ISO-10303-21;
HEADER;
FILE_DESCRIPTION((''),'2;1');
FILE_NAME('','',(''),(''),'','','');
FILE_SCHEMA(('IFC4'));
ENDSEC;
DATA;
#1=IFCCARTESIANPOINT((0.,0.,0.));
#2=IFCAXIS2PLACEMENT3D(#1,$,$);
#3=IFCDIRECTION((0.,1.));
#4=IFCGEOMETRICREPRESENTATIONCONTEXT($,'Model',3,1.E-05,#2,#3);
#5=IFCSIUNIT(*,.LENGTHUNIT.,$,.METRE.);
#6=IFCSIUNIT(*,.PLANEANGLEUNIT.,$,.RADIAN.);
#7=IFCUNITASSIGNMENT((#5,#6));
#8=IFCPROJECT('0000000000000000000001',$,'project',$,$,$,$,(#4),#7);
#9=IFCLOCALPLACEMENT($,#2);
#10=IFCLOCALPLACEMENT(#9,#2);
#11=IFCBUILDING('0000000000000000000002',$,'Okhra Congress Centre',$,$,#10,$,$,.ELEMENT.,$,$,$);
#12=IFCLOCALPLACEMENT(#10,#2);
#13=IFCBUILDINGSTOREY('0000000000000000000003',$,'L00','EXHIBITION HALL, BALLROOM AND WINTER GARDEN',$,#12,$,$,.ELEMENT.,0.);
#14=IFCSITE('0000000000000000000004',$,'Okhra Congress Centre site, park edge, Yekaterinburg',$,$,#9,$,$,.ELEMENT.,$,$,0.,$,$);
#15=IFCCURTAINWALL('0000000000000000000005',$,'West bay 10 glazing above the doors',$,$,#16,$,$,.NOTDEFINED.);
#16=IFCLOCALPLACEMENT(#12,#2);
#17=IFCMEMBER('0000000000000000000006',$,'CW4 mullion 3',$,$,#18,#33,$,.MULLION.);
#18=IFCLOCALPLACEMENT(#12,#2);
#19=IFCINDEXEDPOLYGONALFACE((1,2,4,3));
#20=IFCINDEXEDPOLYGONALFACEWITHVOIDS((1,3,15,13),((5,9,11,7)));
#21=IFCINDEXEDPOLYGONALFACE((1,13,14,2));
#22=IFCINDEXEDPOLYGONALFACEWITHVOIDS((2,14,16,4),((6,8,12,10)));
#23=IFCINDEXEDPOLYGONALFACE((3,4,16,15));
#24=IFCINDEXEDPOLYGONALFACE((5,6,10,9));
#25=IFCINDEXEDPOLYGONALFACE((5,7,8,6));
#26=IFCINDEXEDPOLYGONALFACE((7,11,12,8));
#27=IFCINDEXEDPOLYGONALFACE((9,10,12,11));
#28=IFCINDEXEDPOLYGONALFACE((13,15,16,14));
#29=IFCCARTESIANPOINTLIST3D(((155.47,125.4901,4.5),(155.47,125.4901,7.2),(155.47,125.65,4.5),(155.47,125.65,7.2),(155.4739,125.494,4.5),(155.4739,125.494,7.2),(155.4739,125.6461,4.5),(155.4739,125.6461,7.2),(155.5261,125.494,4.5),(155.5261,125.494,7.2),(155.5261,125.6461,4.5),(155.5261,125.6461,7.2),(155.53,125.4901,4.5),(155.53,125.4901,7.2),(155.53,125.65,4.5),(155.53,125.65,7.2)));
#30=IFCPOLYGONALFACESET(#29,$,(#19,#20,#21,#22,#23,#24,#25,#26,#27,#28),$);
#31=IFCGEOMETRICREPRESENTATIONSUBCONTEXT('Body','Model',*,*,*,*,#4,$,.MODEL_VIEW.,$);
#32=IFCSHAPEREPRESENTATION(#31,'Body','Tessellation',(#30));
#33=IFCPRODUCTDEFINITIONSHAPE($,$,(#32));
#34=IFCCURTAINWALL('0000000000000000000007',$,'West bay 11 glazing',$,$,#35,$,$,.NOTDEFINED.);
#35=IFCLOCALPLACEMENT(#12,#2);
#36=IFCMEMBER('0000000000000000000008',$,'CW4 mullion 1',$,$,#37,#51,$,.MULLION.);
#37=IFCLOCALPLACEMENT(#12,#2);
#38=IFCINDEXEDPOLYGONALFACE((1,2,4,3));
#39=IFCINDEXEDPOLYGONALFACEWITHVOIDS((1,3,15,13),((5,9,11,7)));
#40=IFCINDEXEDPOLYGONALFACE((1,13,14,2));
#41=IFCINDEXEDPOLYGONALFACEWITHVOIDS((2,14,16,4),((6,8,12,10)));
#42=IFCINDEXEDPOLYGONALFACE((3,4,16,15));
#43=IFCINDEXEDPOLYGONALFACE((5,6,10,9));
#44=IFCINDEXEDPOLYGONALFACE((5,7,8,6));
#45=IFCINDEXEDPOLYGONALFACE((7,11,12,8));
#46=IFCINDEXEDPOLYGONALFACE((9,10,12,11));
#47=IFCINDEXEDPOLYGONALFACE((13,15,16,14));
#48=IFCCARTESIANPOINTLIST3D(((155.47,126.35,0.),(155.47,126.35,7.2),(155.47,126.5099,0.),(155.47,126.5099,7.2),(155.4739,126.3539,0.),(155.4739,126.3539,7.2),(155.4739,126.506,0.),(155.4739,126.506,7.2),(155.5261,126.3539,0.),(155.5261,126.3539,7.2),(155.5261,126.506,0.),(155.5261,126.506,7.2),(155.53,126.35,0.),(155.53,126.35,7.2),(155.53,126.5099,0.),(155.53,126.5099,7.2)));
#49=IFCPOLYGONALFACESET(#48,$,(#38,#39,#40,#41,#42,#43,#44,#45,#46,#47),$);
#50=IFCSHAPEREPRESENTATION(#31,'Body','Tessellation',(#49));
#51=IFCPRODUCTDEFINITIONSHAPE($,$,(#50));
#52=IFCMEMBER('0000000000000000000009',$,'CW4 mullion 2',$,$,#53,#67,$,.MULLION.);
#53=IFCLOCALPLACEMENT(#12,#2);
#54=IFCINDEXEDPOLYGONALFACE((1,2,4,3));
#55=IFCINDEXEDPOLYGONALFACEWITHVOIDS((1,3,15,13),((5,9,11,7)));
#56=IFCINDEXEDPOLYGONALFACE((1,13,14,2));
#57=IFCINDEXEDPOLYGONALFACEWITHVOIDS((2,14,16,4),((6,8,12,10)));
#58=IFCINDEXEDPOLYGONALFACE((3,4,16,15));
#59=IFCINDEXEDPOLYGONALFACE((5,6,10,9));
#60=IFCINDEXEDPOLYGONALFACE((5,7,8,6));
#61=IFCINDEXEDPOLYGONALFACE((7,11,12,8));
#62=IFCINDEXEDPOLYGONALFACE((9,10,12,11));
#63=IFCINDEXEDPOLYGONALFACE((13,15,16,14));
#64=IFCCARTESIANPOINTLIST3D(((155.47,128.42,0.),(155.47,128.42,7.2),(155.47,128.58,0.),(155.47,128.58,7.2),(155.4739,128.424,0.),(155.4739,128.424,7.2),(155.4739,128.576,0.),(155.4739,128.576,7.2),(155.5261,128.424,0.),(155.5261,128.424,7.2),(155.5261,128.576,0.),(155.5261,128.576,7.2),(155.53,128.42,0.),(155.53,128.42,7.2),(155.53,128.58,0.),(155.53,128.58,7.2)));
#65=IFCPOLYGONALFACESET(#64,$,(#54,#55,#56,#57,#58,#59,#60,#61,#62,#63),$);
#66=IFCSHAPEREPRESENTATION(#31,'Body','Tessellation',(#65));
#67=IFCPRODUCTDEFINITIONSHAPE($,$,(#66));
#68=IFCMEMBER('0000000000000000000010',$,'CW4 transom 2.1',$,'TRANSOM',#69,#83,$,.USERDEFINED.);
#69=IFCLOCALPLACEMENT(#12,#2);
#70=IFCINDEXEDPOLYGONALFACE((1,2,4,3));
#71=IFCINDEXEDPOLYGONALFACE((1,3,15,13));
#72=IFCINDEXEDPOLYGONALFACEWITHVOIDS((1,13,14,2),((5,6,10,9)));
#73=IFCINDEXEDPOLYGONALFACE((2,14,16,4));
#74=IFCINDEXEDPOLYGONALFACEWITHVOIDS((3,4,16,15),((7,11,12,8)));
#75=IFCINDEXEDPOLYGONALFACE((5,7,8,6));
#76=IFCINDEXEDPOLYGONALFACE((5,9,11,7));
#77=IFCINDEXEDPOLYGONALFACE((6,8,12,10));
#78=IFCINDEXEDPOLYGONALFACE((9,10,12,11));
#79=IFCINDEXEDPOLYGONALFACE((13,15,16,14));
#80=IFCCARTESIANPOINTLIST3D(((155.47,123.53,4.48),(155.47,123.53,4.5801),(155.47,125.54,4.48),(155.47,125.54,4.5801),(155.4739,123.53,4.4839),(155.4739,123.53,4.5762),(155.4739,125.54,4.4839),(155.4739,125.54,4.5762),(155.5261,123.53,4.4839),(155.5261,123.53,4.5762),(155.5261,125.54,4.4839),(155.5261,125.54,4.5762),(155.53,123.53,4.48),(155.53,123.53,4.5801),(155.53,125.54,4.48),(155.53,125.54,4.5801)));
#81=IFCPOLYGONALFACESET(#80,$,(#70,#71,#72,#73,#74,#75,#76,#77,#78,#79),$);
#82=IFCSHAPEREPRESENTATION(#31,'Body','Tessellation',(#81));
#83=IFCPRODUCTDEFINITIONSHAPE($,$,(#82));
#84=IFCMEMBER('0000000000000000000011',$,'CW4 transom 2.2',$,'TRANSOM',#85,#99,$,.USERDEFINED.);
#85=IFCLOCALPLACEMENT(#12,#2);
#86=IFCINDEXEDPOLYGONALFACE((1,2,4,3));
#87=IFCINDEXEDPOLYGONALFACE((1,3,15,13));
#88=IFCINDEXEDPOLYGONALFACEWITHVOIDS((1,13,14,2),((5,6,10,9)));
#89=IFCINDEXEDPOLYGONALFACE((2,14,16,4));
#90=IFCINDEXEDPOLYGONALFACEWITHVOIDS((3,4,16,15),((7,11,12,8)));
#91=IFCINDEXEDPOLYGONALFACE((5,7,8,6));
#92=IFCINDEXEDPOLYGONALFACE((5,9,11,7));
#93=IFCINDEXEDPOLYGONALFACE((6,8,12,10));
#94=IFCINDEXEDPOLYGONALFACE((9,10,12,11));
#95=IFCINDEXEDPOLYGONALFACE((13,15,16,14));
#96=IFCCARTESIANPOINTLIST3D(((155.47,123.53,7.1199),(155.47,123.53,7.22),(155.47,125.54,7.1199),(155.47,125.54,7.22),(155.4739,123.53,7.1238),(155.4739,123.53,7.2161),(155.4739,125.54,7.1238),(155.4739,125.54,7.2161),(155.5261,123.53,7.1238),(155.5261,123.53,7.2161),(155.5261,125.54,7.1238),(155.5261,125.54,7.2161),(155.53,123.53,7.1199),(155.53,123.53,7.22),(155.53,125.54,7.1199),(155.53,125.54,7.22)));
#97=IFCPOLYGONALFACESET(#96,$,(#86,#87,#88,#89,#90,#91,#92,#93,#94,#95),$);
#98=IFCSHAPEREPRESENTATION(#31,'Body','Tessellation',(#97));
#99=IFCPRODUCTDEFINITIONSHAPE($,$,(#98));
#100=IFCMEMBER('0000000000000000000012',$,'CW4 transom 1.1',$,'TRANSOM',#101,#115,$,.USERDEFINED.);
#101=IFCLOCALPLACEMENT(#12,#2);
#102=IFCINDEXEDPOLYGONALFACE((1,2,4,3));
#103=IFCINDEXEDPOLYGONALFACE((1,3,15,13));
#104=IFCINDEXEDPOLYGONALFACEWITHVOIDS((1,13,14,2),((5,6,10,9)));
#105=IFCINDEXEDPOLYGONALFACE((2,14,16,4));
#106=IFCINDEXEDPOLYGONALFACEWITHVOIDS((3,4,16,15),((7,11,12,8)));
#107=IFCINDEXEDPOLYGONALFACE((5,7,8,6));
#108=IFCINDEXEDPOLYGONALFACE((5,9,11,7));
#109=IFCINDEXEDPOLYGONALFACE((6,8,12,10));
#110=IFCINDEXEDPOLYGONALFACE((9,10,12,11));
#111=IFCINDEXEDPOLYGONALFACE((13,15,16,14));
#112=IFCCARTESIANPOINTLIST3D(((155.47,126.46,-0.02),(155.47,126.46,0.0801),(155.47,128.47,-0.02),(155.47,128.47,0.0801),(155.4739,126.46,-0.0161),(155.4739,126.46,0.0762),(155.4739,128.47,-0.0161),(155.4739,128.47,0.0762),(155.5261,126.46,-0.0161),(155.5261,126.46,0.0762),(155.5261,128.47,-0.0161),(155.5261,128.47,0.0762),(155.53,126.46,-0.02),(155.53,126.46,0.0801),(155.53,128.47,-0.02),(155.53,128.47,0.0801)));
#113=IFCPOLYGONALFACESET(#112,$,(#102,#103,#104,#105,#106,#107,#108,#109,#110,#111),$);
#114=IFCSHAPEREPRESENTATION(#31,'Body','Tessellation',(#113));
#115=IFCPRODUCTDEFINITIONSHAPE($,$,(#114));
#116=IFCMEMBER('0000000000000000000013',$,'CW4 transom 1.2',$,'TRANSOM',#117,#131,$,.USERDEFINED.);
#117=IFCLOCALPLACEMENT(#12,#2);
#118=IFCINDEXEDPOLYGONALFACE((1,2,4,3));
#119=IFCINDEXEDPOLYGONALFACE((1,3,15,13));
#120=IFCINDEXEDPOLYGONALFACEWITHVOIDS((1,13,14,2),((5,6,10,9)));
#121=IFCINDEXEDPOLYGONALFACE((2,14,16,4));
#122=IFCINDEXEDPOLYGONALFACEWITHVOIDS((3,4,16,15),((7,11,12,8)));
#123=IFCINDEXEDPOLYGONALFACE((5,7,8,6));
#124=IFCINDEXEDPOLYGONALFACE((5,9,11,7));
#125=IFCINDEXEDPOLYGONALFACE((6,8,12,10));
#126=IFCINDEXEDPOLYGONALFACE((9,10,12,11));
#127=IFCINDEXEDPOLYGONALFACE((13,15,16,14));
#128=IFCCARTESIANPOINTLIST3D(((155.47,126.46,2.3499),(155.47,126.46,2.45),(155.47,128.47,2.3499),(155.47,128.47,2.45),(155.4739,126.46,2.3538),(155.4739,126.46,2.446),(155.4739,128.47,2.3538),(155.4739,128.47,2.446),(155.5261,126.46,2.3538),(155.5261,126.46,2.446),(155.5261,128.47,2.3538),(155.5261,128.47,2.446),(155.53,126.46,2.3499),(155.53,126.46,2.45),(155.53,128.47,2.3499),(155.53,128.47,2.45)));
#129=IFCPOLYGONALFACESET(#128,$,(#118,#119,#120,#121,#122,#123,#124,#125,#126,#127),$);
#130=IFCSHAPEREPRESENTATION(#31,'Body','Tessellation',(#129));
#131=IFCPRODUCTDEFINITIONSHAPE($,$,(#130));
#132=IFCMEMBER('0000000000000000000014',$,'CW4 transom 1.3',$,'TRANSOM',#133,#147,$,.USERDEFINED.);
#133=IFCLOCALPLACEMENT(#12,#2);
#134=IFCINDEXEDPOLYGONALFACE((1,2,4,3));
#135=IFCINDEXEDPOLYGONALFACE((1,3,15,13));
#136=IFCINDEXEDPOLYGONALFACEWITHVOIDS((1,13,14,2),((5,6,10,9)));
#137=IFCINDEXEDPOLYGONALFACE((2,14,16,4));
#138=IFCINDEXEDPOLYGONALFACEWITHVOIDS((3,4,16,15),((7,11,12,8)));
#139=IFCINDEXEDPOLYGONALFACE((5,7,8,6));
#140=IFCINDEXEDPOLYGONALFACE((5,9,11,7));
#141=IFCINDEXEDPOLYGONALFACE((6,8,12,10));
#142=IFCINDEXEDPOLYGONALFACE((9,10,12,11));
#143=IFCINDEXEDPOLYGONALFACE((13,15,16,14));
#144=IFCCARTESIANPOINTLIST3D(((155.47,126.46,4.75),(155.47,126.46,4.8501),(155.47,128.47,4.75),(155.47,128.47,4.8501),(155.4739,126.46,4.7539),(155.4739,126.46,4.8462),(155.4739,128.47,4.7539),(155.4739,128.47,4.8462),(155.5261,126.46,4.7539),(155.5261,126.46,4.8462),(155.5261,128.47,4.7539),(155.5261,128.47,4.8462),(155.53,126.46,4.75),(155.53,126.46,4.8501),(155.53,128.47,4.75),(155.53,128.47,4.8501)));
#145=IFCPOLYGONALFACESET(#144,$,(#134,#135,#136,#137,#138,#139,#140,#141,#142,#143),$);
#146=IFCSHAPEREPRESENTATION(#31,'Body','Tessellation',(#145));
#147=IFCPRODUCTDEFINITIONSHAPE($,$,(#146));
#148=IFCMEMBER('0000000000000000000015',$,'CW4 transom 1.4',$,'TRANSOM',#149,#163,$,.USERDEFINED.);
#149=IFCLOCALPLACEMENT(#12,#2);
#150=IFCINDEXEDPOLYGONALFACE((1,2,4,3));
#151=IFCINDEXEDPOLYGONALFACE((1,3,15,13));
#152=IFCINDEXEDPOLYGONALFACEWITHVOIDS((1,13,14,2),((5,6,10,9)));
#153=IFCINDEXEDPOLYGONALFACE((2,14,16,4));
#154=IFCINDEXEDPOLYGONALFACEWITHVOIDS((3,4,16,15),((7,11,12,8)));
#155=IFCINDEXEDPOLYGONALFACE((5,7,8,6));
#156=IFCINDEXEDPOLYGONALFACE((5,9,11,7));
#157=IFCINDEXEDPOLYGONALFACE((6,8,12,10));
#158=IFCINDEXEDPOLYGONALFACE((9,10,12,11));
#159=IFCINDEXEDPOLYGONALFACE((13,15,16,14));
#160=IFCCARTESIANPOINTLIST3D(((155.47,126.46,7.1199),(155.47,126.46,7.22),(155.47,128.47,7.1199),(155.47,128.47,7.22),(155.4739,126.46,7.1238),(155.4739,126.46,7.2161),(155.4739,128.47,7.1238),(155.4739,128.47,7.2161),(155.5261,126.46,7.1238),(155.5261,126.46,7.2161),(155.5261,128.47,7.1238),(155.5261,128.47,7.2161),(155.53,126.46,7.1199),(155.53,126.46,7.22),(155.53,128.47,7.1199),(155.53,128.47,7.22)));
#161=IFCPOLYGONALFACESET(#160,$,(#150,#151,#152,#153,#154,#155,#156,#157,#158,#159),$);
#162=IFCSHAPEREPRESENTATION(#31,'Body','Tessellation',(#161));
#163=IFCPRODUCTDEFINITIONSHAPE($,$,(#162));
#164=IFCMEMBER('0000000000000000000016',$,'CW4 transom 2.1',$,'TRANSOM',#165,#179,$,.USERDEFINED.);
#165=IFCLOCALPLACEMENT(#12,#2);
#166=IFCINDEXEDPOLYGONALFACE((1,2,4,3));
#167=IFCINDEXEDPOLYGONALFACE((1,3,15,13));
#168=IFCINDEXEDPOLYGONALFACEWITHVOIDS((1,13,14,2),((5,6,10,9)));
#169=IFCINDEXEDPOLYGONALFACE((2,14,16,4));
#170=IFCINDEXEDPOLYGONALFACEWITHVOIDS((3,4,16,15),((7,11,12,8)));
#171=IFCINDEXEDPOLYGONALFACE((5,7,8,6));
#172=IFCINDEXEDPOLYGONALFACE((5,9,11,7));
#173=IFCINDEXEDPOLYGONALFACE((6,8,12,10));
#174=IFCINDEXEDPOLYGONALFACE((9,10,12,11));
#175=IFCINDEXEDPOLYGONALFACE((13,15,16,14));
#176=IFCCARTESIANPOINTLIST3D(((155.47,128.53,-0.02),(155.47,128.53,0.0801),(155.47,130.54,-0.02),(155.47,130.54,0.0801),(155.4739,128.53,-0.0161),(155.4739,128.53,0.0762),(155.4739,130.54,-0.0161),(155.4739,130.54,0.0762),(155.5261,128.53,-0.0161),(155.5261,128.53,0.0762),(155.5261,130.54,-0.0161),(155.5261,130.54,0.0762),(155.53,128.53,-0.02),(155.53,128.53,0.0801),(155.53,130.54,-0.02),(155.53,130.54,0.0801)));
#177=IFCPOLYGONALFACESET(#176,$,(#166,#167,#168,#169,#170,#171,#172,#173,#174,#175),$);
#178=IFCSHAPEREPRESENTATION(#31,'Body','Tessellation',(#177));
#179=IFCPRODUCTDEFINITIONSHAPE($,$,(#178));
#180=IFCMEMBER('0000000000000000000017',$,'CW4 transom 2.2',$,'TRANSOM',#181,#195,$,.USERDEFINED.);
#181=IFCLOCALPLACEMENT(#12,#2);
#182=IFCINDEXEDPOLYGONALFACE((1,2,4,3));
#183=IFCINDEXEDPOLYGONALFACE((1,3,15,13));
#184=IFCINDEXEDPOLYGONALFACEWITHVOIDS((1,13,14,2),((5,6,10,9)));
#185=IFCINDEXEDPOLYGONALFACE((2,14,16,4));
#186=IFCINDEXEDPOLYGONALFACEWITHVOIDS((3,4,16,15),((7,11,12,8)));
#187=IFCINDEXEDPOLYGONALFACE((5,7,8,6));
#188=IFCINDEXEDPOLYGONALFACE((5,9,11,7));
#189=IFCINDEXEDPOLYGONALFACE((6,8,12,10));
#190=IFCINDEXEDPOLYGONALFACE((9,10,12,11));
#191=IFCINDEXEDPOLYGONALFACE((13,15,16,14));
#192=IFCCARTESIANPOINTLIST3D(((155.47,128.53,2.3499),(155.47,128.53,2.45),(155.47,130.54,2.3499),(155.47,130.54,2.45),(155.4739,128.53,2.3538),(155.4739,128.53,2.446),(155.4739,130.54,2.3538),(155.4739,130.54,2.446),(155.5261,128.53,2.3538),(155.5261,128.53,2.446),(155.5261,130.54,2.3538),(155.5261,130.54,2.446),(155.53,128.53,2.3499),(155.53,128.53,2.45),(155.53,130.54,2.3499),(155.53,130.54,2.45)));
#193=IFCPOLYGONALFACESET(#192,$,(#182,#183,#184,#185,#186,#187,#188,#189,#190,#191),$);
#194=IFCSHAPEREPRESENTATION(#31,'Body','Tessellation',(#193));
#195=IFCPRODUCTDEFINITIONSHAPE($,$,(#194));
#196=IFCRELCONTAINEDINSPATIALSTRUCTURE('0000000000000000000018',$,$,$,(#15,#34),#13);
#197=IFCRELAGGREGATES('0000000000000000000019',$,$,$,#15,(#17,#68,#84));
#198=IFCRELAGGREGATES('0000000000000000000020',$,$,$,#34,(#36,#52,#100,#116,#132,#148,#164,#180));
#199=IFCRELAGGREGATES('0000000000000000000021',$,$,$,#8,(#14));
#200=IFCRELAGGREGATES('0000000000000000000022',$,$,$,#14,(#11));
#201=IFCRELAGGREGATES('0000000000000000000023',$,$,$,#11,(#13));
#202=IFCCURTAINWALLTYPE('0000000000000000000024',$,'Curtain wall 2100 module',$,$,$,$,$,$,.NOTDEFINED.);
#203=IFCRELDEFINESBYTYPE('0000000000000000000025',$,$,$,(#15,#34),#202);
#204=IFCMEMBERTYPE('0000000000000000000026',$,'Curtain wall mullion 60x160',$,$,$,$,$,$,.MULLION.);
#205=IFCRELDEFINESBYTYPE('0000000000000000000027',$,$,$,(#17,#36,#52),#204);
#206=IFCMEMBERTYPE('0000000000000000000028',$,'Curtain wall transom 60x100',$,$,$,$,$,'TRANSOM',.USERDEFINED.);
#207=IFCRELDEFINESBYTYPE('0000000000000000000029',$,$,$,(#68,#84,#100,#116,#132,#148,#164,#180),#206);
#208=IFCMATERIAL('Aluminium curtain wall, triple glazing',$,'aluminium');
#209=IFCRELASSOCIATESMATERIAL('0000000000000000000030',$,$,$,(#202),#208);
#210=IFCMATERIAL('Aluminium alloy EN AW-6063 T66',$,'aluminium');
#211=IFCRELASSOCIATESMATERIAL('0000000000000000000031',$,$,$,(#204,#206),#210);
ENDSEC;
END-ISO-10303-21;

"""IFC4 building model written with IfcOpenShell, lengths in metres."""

from ifc_helpers import new_model, si_unit, direction, frame, origin, origin_2d, place, context, subcontext, project, spatial, hollow_rectangle, extrude, material, material_profile, profile_set, type_object, element, aggregate, save


model = new_model("IFC4")

# Units and contexts
model_context = context("Model", 3, precision=1e-05, world=origin(), true_north=direction((0.0, 1.0)))
body_context = subcontext(model_context, "Body", "Model", "MODEL_VIEW")
ifc_project = project(units=[si_unit("LENGTHUNIT", "METRE"), si_unit("PLANEANGLEUNIT", "RADIAN")], contexts=[model_context])

# Site, building, storey
site_placement = place(None, origin())
site = spatial("IfcSite", under=ifc_project, at=site_placement, Name="Okhra Congress Centre site, park edge, Yekaterinburg", CompositionType="ELEMENT", RefElevation=0.0)
building_placement = place(site_placement, origin())
building = spatial("IfcBuilding", under=site, at=building_placement, Name="Okhra Congress Centre", CompositionType="ELEMENT")
storey_placement = place(building_placement, origin())
storey = spatial("IfcBuildingStorey", under=building, at=storey_placement, Name="L00", Description="EXHIBITION HALL, BALLROOM AND WINTER GARDEN", CompositionType="ELEMENT", Elevation=0.0)

# Curtain walls, members
ifc_material_1 = material(Name="Aluminium curtain wall, triple glazing", Category="aluminium")
curtain_wall_type = type_object("IfcCurtainWallType", Name="Curtain wall 2100 module", PredefinedType="NOTDEFINED", material=ifc_material_1)
curtain_wall_1_placement = place(storey_placement, origin())
curtain_wall_1 = element("IfcCurtainWall", 1, at=curtain_wall_1_placement, inside=storey, type_object=curtain_wall_type, Name="West bay 10 glazing above the doors", PredefinedType="NOTDEFINED")
ifc_material_2 = material(Name="Aluminium alloy EN AW-6063 T66", Category="aluminium")
ifc_material_profile_1 = material_profile(ifc_material_2, hollow_rectangle(XDim=0.0601, YDim=0.1599, WallThickness=0.0039, at=origin_2d()), Name="RHS 60x160x4")
ifc_profile_set_1 = profile_set([ifc_material_profile_1], Name="Aluminium alloy EN AW-6063 T66")
member_type_1 = type_object("IfcMemberType", Name="Curtain wall mullion 60x160", PredefinedType="MULLION", material=ifc_profile_set_1)
member_1_placement = place(storey_placement, frame((155.5, 125.5701, 4.5), z_axis=(0.0, 0.0, 1.0), x_axis=(-1.0, 0.0, 0.0)))
member_1 = element("IfcMember", 2, at=member_1_placement, type_object=member_type_1, Name="CW4 mullion 3", PredefinedType="MULLION", context=body_context, shape_type="SweptSolid", body=[
    extrude(hollow_rectangle(XDim=0.0601, YDim=0.1599, WallThickness=0.0039, at=origin_2d()), origin(), (0.0, 0.0, 1.0), 2.7),
])
curtain_wall_2_placement = place(storey_placement, origin())
curtain_wall_2 = element("IfcCurtainWall", 3, at=curtain_wall_2_placement, inside=storey, type_object=curtain_wall_type, Name="West bay 11 glazing", PredefinedType="NOTDEFINED")
member_2_placement = place(storey_placement, frame((155.5, 126.4299, 0.0), z_axis=(0.0, 0.0, 1.0), x_axis=(-1.0, 0.0, 0.0)))
member_2 = element("IfcMember", 4, at=member_2_placement, type_object=member_type_1, Name="CW4 mullion 1", PredefinedType="MULLION", context=body_context, shape_type="SweptSolid", body=[
    extrude(hollow_rectangle(XDim=0.0601, YDim=0.1599, WallThickness=0.0039, at=origin_2d()), origin(), (0.0, 0.0, 1.0), 7.2),
])
member_3_placement = place(storey_placement, frame((155.5, 128.5, 0.0), z_axis=(0.0, 0.0, 1.0), x_axis=(-1.0, 0.0, 0.0)))
member_3 = element("IfcMember", 5, at=member_3_placement, type_object=member_type_1, Name="CW4 mullion 2", PredefinedType="MULLION", context=body_context, shape_type="SweptSolid", body=[
    extrude(hollow_rectangle(XDim=0.0601, YDim=0.1599, WallThickness=0.0039, at=origin_2d()), origin(), (0.0, 0.0, 1.0), 7.2),
])

# Members
ifc_material_profile_2 = material_profile(ifc_material_2, hollow_rectangle(XDim=0.0601, YDim=0.1001, WallThickness=0.0039, at=origin_2d()), Name="RHS 60x100x4")
ifc_profile_set_2 = profile_set([ifc_material_profile_2], Name="Aluminium alloy EN AW-6063 T66")
member_type_2 = type_object("IfcMemberType", Name="Curtain wall transom 60x100", ElementType="TRANSOM", PredefinedType="USERDEFINED", material=ifc_profile_set_2)
member_4_placement = place(storey_placement, frame((155.5, 123.53, 4.53), z_axis=(0.0, 1.0, 0.0), x_axis=(-1.0, 0.0, 0.0)))
member_4 = element("IfcMember", 6, at=member_4_placement, type_object=member_type_2, Name="CW4 transom 2.1", ObjectType="TRANSOM", PredefinedType="USERDEFINED", context=body_context, shape_type="SweptSolid", body=[
    extrude(hollow_rectangle(XDim=0.0601, YDim=0.1001, WallThickness=0.0039, at=origin_2d()), origin(), (0.0, 0.0, 1.0), 2.01),
])
member_5_placement = place(storey_placement, frame((155.5, 123.53, 7.1699), z_axis=(0.0, 1.0, 0.0), x_axis=(-1.0, 0.0, 0.0)))
member_5 = element("IfcMember", 7, at=member_5_placement, type_object=member_type_2, Name="CW4 transom 2.2", ObjectType="TRANSOM", PredefinedType="USERDEFINED", context=body_context, shape_type="SweptSolid", body=[
    extrude(hollow_rectangle(XDim=0.0601, YDim=0.1001, WallThickness=0.0039, at=origin_2d()), origin(), (0.0, 0.0, 1.0), 2.01),
])
member_6_placement = place(storey_placement, frame((155.5, 126.46, 0.03), z_axis=(0.0, 1.0, 0.0), x_axis=(-1.0, 0.0, 0.0)))
member_6 = element("IfcMember", 8, at=member_6_placement, type_object=member_type_2, Name="CW4 transom 1.1", ObjectType="TRANSOM", PredefinedType="USERDEFINED", context=body_context, shape_type="SweptSolid", body=[
    extrude(hollow_rectangle(XDim=0.0601, YDim=0.1001, WallThickness=0.0039, at=origin_2d()), origin(), (0.0, 0.0, 1.0), 2.01),
])
member_7_placement = place(storey_placement, frame((155.5, 126.46, 2.3999), z_axis=(0.0, 1.0, 0.0), x_axis=(-1.0, 0.0, 0.0)))
member_7 = element("IfcMember", 9, at=member_7_placement, type_object=member_type_2, Name="CW4 transom 1.2", ObjectType="TRANSOM", PredefinedType="USERDEFINED", context=body_context, shape_type="SweptSolid", body=[
    extrude(hollow_rectangle(XDim=0.0601, YDim=0.1001, WallThickness=0.0039, at=origin_2d()), origin(), (0.0, 0.0, 1.0), 2.01),
])
member_8_placement = place(storey_placement, frame((155.5, 126.46, 4.8), z_axis=(0.0, 1.0, 0.0), x_axis=(-1.0, 0.0, 0.0)))
member_8 = element("IfcMember", 10, at=member_8_placement, type_object=member_type_2, Name="CW4 transom 1.3", ObjectType="TRANSOM", PredefinedType="USERDEFINED", context=body_context, shape_type="SweptSolid", body=[
    extrude(hollow_rectangle(XDim=0.0601, YDim=0.1001, WallThickness=0.0039, at=origin_2d()), origin(), (0.0, 0.0, 1.0), 2.01),
])
member_9_placement = place(storey_placement, frame((155.5, 126.46, 7.1699), z_axis=(0.0, 1.0, 0.0), x_axis=(-1.0, 0.0, 0.0)))
member_9 = element("IfcMember", 11, at=member_9_placement, type_object=member_type_2, Name="CW4 transom 1.4", ObjectType="TRANSOM", PredefinedType="USERDEFINED", context=body_context, shape_type="SweptSolid", body=[
    extrude(hollow_rectangle(XDim=0.0601, YDim=0.1001, WallThickness=0.0039, at=origin_2d()), origin(), (0.0, 0.0, 1.0), 2.01),
])
member_10_placement = place(storey_placement, frame((155.5, 128.53, 0.03), z_axis=(0.0, 1.0, 0.0), x_axis=(-1.0, 0.0, 0.0)))
member_10 = element("IfcMember", 12, at=member_10_placement, type_object=member_type_2, Name="CW4 transom 2.1", ObjectType="TRANSOM", PredefinedType="USERDEFINED", context=body_context, shape_type="SweptSolid", body=[
    extrude(hollow_rectangle(XDim=0.0601, YDim=0.1001, WallThickness=0.0039, at=origin_2d()), origin(), (0.0, 0.0, 1.0), 2.01),
])
member_11_placement = place(storey_placement, frame((155.5, 128.53, 2.3999), z_axis=(0.0, 1.0, 0.0), x_axis=(-1.0, 0.0, 0.0)))
member_11 = element("IfcMember", 13, at=member_11_placement, type_object=member_type_2, Name="CW4 transom 2.2", ObjectType="TRANSOM", PredefinedType="USERDEFINED", context=body_context, shape_type="SweptSolid", body=[
    extrude(hollow_rectangle(XDim=0.0601, YDim=0.1001, WallThickness=0.0039, at=origin_2d()), origin(), (0.0, 0.0, 1.0), 2.01),
])

aggregate(curtain_wall_1, [member_1, member_4, member_5])
aggregate(curtain_wall_2, [member_2, member_3, member_6, member_7, member_8, member_9, member_10, member_11])

save(model, "model.ifc")
